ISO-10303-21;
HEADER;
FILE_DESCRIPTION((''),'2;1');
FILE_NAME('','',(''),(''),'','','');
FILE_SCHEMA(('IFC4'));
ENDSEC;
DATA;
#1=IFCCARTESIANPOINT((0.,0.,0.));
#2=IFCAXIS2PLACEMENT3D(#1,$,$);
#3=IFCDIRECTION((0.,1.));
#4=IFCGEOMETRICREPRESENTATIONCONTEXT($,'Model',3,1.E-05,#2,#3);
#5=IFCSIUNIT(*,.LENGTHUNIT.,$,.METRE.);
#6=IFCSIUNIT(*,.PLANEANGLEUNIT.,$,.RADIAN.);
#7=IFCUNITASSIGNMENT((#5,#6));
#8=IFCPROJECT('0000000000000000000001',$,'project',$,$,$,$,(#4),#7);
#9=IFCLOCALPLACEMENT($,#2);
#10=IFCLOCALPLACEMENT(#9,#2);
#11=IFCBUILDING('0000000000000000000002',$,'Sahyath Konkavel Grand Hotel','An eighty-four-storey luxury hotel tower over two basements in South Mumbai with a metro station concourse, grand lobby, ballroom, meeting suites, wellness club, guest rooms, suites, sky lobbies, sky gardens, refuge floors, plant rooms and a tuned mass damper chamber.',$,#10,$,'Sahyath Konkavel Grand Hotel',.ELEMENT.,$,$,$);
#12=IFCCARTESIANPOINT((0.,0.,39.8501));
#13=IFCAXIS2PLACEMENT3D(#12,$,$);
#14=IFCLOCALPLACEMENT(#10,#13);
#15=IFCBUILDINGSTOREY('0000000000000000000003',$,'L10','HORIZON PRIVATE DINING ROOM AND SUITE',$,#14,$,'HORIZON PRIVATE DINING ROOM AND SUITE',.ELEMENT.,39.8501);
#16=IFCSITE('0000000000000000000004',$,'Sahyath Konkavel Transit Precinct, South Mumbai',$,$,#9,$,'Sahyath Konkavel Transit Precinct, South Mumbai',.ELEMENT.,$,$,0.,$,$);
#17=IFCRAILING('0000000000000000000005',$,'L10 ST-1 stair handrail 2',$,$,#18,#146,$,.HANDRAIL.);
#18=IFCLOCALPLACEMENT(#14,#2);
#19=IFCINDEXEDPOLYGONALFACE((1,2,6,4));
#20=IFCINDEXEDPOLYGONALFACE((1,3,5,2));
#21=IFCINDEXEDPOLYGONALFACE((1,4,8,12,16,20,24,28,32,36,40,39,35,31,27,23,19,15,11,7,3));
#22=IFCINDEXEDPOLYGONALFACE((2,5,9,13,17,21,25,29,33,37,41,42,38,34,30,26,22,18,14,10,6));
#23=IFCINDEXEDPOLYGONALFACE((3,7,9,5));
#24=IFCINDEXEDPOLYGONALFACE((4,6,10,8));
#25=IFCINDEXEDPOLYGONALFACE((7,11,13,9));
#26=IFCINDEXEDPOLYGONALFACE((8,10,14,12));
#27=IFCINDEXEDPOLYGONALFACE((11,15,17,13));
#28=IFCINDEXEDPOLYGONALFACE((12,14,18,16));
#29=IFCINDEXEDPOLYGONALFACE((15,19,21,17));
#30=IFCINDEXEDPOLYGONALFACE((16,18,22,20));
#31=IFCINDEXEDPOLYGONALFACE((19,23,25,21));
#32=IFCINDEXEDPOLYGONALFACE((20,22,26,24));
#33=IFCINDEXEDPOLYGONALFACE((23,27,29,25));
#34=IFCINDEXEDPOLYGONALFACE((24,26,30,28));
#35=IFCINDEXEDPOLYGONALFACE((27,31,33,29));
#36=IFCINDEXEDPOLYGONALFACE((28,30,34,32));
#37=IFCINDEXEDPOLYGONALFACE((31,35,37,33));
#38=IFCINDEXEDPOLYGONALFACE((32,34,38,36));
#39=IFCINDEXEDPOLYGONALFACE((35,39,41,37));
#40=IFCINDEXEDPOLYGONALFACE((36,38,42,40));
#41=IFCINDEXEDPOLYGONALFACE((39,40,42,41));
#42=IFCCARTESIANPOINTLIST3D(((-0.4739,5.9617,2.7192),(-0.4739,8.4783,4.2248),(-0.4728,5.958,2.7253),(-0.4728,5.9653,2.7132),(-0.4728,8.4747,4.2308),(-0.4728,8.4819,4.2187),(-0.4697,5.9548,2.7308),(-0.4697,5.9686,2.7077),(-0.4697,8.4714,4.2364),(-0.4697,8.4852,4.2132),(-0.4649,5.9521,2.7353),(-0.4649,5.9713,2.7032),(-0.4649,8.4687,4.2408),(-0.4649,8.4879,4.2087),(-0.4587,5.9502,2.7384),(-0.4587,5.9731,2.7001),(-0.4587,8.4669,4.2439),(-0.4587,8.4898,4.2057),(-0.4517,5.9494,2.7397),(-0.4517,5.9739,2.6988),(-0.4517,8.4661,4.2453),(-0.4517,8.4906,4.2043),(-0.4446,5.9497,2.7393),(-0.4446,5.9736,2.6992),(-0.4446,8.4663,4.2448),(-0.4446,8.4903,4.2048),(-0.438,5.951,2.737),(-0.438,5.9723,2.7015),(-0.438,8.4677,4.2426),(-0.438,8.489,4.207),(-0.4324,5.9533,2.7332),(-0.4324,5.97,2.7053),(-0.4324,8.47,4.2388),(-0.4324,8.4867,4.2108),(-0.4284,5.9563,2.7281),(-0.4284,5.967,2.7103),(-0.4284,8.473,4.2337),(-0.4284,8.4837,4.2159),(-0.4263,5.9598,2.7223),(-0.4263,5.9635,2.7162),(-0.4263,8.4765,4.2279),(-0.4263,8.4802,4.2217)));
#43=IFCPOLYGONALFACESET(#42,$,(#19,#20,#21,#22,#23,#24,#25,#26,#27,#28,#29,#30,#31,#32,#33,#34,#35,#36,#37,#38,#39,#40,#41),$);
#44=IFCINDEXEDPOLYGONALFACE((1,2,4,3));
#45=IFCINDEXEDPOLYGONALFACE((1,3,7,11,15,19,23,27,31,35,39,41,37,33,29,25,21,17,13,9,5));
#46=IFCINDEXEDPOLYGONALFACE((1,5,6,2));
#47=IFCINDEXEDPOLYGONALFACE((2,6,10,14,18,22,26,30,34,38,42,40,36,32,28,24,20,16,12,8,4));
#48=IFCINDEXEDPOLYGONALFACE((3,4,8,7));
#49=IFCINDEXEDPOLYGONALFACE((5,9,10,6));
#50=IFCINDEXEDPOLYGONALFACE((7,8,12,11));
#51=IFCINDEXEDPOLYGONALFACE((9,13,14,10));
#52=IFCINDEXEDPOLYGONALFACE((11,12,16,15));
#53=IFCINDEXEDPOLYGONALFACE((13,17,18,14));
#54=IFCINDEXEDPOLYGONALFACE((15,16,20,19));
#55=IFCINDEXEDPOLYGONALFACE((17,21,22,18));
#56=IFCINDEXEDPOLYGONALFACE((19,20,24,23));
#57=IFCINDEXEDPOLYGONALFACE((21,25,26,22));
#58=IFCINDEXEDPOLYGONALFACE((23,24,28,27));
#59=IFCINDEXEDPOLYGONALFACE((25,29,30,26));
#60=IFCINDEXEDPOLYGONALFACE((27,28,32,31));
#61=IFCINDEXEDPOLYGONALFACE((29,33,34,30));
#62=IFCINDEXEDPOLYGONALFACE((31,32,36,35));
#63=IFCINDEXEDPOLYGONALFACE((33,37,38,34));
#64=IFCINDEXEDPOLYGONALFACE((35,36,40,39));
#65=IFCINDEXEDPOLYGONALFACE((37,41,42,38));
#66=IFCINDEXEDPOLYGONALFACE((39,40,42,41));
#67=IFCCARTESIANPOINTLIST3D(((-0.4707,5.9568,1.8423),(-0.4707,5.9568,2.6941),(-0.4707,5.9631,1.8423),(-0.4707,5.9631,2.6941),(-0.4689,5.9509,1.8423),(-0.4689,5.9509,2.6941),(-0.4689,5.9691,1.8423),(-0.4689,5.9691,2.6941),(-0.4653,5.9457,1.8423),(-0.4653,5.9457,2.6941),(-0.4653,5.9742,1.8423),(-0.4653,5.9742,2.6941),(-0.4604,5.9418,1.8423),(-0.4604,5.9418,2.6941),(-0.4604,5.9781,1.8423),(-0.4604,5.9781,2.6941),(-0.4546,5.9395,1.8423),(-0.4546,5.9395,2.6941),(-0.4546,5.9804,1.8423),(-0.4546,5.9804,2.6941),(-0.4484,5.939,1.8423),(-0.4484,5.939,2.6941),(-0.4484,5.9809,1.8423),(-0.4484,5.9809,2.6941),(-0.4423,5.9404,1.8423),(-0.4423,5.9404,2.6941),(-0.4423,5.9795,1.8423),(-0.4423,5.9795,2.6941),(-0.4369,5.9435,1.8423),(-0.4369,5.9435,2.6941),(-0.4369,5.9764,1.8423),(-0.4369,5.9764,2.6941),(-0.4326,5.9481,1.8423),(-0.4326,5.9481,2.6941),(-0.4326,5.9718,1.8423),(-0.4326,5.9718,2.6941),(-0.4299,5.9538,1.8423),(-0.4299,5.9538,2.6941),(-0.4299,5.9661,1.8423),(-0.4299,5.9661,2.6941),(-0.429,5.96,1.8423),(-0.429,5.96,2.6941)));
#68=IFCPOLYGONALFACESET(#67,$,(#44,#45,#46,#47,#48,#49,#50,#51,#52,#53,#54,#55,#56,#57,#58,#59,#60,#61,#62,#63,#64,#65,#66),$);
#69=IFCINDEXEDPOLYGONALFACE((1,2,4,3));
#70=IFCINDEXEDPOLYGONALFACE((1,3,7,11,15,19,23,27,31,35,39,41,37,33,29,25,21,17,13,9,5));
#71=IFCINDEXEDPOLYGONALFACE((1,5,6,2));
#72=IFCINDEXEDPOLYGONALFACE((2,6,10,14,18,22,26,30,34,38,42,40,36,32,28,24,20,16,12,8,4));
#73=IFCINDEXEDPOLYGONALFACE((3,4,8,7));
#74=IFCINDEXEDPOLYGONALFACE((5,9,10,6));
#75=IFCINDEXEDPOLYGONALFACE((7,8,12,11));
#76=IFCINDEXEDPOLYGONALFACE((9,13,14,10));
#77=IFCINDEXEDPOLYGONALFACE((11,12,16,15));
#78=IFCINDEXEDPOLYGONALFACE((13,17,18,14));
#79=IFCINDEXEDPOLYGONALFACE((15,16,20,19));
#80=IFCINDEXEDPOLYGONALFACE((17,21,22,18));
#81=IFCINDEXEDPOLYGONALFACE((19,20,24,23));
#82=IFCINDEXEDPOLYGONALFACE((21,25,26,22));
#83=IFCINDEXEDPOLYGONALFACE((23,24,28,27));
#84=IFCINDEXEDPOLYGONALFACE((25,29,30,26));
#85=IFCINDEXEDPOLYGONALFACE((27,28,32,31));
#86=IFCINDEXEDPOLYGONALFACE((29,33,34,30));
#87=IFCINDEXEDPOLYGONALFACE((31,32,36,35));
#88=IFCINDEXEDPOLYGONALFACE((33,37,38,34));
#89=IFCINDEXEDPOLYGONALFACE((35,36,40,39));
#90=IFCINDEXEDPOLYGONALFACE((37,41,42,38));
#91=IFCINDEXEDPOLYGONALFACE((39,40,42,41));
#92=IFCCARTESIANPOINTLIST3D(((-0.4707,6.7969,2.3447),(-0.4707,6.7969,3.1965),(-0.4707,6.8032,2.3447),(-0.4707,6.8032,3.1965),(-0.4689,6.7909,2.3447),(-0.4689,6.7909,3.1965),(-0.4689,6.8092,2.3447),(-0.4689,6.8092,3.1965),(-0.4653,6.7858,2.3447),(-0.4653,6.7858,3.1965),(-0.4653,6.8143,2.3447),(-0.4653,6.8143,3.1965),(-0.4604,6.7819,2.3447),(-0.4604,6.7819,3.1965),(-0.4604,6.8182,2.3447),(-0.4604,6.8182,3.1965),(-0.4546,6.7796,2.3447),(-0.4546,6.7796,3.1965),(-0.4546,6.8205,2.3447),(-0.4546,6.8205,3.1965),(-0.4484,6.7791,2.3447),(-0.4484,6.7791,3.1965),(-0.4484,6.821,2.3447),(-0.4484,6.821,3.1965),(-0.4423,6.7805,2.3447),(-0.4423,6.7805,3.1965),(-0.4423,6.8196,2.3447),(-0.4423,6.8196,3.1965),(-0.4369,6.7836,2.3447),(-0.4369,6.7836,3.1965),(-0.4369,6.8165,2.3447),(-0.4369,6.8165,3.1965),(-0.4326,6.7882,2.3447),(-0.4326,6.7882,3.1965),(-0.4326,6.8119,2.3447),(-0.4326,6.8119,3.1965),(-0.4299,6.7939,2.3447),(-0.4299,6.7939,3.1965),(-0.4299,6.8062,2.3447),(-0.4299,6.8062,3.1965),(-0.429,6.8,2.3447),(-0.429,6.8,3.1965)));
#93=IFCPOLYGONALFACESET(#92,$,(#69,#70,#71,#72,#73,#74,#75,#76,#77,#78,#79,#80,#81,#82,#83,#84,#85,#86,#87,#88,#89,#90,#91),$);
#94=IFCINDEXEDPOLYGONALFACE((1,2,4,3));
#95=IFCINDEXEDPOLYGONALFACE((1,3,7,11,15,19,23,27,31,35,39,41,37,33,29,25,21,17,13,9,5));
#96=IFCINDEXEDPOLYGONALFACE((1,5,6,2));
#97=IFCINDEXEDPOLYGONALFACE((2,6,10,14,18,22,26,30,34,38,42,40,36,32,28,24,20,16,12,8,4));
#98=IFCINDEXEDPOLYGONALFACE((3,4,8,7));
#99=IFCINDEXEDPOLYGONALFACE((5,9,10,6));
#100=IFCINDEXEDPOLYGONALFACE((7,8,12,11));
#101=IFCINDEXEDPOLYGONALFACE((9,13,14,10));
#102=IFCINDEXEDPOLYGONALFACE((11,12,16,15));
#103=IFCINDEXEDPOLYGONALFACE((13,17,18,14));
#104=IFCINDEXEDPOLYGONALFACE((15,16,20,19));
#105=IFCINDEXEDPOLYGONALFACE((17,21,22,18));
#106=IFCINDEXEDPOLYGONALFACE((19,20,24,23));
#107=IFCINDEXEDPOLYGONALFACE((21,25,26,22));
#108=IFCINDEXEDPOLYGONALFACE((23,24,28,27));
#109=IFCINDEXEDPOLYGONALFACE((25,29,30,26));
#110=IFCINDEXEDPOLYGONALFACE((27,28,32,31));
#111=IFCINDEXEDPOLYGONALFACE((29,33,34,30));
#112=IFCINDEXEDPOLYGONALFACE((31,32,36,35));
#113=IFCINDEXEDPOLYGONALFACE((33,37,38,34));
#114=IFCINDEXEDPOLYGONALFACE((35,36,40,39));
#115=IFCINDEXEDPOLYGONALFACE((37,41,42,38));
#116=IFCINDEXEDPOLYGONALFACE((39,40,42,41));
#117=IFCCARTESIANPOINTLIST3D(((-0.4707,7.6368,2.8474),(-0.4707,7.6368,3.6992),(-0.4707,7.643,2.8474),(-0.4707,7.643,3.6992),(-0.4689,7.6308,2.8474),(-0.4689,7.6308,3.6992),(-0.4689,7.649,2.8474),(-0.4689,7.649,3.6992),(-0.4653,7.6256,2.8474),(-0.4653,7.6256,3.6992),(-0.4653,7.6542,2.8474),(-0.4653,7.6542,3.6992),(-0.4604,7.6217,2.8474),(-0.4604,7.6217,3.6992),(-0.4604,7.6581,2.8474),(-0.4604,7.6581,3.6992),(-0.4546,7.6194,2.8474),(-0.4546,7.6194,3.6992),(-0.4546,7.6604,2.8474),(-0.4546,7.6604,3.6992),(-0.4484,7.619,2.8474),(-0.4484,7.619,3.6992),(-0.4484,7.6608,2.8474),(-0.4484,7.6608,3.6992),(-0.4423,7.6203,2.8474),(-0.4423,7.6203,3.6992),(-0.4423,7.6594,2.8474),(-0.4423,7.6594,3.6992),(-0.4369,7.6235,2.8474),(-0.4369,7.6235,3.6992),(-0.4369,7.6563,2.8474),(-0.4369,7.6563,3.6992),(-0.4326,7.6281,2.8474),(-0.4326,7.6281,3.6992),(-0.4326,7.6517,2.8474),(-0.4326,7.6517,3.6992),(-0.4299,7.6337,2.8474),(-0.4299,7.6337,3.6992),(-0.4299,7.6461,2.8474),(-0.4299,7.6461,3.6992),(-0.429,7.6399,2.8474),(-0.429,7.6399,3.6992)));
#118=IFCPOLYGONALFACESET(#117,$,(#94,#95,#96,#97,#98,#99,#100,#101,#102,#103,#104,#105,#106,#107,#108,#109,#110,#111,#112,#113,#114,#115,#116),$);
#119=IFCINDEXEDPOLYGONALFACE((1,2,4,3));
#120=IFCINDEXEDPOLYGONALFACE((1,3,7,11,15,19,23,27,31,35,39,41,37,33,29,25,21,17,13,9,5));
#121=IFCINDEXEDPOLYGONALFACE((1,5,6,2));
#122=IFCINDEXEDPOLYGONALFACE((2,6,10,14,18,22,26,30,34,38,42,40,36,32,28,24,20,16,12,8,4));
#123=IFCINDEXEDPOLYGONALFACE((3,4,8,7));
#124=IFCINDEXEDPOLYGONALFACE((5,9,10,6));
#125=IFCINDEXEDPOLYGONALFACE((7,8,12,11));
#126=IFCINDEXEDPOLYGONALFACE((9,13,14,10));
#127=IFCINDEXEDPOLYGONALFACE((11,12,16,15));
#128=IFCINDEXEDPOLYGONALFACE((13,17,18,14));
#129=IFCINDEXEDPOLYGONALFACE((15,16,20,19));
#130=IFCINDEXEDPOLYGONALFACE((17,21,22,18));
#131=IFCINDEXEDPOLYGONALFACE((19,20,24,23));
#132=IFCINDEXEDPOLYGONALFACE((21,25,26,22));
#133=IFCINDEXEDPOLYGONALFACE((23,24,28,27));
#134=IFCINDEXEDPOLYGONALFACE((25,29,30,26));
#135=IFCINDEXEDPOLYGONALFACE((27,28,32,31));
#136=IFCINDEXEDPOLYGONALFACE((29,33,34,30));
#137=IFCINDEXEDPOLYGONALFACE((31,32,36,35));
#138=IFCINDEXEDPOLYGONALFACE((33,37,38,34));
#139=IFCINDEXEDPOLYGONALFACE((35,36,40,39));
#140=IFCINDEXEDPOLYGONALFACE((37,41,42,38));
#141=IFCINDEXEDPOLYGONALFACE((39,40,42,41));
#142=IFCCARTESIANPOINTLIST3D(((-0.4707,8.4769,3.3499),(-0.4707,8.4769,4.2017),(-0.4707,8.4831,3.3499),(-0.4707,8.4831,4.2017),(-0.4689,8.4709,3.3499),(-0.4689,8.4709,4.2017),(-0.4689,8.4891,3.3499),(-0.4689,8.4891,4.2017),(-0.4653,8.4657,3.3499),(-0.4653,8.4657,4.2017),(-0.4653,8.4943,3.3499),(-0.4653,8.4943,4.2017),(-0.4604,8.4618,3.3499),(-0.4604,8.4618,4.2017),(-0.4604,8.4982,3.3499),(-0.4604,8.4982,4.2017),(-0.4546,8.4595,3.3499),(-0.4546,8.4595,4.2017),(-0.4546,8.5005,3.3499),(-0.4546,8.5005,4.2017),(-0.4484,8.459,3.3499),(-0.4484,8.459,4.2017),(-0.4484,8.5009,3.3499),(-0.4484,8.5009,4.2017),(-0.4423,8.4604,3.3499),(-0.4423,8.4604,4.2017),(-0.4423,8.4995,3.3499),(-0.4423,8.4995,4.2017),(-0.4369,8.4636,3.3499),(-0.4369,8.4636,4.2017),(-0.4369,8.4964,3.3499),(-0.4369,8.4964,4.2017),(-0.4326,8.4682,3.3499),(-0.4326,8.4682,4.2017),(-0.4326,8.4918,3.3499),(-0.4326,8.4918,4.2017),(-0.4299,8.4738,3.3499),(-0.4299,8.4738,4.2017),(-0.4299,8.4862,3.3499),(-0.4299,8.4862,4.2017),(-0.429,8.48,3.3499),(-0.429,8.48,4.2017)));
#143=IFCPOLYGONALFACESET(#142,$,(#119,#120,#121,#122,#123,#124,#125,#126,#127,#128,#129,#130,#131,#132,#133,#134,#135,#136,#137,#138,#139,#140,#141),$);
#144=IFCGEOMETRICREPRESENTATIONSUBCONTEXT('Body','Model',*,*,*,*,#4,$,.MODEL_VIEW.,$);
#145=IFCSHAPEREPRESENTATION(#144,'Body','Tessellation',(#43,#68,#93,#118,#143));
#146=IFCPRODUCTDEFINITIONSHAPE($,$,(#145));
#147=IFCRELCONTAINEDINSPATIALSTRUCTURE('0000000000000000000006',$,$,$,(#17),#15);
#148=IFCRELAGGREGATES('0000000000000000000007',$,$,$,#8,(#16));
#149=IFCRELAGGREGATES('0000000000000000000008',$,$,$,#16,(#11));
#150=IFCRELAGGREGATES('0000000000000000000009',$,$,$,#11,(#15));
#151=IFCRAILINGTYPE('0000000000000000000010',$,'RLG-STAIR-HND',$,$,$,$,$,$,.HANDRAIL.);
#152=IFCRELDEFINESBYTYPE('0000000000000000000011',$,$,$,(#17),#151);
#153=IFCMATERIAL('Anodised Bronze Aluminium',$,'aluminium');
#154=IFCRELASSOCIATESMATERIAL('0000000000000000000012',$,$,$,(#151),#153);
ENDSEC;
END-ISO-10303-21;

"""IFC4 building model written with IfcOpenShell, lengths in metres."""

from ifc_helpers import new_model, si_unit, direction, frame, origin, origin_2d, place, context, subcontext, project, spatial, circle, extrude, material, type_object, element, save


model = new_model("IFC4")

# Units and contexts
model_context = context("Model", 3, precision=1e-05, world=origin(), true_north=direction((0.0, 1.0)))
body_context = subcontext(model_context, "Body", "Model", "MODEL_VIEW")
ifc_project = project(units=[si_unit("LENGTHUNIT", "METRE"), si_unit("PLANEANGLEUNIT", "RADIAN")], contexts=[model_context])

# Site, building, storey
site_placement = place(None, origin())
site = spatial("IfcSite", under=ifc_project, at=site_placement, Name="Sahyath Konkavel Transit Precinct, South Mumbai", LongName="Sahyath Konkavel Transit Precinct, South Mumbai", CompositionType="ELEMENT", RefElevation=0.0)
building_placement = place(site_placement, origin())
building = spatial("IfcBuilding", under=site, at=building_placement, Name="Sahyath Konkavel Grand Hotel", Description="An eighty-four-storey luxury hotel tower over two basements in South Mumbai with a metro station concourse, grand lobby, ballroom, meeting suites, wellness club, guest rooms, suites, sky lobbies, sky gardens, refuge floors, plant rooms and a tuned mass damper chamber.", LongName="Sahyath Konkavel Grand Hotel", CompositionType="ELEMENT")
storey_placement = place(building_placement, frame((0.0, 0.0, 39.8501)))
storey = spatial("IfcBuildingStorey", under=building, at=storey_placement, Name="L10", Description="HORIZON PRIVATE DINING ROOM AND SUITE", LongName="HORIZON PRIVATE DINING ROOM AND SUITE", CompositionType="ELEMENT", Elevation=39.8501)

# Railing
ifc_material_1 = material(Name="Anodised Bronze Aluminium", Category="aluminium")
railing_type_1 = type_object("IfcRailingType", Name="RLG-STAIR-HND", PredefinedType="HANDRAIL", material=ifc_material_1)
railing_1_placement = place(storey_placement, frame((-0.45, 5.96, 1.8423)))
element("IfcRailing", 1, at=railing_1_placement, inside=storey, type_object=railing_type_1, Name="L10 ST-1 stair handrail 2", PredefinedType="HANDRAIL", context=body_context, shape_type="SweptSolid", body=[
    extrude(circle(Radius=0.0239, at=origin_2d()), frame((0.0, 0.0017, 0.877), z_axis=(0.0, 0.85816, 0.513383), x_axis=(-1.0, 0.0, 0.0)), (0.0, 0.0, 1.0), 2.9326),
    extrude(circle(Radius=0.021, at=origin_2d()), origin(), (0.0, 0.0, 1.0), 0.8518),
    extrude(circle(Radius=0.021, at=origin_2d()), frame((0.0, 0.8401, 0.5024)), (0.0, 0.0, 1.0), 0.8518),
    extrude(circle(Radius=0.021, at=origin_2d()), frame((0.0, 1.6799, 1.0051)), (0.0, 0.0, 1.0), 0.8518),
    extrude(circle(Radius=0.021, at=origin_2d()), frame((0.0, 2.52, 1.5076)), (0.0, 0.0, 1.0), 0.8518),
])

save(model, "model.ifc")
